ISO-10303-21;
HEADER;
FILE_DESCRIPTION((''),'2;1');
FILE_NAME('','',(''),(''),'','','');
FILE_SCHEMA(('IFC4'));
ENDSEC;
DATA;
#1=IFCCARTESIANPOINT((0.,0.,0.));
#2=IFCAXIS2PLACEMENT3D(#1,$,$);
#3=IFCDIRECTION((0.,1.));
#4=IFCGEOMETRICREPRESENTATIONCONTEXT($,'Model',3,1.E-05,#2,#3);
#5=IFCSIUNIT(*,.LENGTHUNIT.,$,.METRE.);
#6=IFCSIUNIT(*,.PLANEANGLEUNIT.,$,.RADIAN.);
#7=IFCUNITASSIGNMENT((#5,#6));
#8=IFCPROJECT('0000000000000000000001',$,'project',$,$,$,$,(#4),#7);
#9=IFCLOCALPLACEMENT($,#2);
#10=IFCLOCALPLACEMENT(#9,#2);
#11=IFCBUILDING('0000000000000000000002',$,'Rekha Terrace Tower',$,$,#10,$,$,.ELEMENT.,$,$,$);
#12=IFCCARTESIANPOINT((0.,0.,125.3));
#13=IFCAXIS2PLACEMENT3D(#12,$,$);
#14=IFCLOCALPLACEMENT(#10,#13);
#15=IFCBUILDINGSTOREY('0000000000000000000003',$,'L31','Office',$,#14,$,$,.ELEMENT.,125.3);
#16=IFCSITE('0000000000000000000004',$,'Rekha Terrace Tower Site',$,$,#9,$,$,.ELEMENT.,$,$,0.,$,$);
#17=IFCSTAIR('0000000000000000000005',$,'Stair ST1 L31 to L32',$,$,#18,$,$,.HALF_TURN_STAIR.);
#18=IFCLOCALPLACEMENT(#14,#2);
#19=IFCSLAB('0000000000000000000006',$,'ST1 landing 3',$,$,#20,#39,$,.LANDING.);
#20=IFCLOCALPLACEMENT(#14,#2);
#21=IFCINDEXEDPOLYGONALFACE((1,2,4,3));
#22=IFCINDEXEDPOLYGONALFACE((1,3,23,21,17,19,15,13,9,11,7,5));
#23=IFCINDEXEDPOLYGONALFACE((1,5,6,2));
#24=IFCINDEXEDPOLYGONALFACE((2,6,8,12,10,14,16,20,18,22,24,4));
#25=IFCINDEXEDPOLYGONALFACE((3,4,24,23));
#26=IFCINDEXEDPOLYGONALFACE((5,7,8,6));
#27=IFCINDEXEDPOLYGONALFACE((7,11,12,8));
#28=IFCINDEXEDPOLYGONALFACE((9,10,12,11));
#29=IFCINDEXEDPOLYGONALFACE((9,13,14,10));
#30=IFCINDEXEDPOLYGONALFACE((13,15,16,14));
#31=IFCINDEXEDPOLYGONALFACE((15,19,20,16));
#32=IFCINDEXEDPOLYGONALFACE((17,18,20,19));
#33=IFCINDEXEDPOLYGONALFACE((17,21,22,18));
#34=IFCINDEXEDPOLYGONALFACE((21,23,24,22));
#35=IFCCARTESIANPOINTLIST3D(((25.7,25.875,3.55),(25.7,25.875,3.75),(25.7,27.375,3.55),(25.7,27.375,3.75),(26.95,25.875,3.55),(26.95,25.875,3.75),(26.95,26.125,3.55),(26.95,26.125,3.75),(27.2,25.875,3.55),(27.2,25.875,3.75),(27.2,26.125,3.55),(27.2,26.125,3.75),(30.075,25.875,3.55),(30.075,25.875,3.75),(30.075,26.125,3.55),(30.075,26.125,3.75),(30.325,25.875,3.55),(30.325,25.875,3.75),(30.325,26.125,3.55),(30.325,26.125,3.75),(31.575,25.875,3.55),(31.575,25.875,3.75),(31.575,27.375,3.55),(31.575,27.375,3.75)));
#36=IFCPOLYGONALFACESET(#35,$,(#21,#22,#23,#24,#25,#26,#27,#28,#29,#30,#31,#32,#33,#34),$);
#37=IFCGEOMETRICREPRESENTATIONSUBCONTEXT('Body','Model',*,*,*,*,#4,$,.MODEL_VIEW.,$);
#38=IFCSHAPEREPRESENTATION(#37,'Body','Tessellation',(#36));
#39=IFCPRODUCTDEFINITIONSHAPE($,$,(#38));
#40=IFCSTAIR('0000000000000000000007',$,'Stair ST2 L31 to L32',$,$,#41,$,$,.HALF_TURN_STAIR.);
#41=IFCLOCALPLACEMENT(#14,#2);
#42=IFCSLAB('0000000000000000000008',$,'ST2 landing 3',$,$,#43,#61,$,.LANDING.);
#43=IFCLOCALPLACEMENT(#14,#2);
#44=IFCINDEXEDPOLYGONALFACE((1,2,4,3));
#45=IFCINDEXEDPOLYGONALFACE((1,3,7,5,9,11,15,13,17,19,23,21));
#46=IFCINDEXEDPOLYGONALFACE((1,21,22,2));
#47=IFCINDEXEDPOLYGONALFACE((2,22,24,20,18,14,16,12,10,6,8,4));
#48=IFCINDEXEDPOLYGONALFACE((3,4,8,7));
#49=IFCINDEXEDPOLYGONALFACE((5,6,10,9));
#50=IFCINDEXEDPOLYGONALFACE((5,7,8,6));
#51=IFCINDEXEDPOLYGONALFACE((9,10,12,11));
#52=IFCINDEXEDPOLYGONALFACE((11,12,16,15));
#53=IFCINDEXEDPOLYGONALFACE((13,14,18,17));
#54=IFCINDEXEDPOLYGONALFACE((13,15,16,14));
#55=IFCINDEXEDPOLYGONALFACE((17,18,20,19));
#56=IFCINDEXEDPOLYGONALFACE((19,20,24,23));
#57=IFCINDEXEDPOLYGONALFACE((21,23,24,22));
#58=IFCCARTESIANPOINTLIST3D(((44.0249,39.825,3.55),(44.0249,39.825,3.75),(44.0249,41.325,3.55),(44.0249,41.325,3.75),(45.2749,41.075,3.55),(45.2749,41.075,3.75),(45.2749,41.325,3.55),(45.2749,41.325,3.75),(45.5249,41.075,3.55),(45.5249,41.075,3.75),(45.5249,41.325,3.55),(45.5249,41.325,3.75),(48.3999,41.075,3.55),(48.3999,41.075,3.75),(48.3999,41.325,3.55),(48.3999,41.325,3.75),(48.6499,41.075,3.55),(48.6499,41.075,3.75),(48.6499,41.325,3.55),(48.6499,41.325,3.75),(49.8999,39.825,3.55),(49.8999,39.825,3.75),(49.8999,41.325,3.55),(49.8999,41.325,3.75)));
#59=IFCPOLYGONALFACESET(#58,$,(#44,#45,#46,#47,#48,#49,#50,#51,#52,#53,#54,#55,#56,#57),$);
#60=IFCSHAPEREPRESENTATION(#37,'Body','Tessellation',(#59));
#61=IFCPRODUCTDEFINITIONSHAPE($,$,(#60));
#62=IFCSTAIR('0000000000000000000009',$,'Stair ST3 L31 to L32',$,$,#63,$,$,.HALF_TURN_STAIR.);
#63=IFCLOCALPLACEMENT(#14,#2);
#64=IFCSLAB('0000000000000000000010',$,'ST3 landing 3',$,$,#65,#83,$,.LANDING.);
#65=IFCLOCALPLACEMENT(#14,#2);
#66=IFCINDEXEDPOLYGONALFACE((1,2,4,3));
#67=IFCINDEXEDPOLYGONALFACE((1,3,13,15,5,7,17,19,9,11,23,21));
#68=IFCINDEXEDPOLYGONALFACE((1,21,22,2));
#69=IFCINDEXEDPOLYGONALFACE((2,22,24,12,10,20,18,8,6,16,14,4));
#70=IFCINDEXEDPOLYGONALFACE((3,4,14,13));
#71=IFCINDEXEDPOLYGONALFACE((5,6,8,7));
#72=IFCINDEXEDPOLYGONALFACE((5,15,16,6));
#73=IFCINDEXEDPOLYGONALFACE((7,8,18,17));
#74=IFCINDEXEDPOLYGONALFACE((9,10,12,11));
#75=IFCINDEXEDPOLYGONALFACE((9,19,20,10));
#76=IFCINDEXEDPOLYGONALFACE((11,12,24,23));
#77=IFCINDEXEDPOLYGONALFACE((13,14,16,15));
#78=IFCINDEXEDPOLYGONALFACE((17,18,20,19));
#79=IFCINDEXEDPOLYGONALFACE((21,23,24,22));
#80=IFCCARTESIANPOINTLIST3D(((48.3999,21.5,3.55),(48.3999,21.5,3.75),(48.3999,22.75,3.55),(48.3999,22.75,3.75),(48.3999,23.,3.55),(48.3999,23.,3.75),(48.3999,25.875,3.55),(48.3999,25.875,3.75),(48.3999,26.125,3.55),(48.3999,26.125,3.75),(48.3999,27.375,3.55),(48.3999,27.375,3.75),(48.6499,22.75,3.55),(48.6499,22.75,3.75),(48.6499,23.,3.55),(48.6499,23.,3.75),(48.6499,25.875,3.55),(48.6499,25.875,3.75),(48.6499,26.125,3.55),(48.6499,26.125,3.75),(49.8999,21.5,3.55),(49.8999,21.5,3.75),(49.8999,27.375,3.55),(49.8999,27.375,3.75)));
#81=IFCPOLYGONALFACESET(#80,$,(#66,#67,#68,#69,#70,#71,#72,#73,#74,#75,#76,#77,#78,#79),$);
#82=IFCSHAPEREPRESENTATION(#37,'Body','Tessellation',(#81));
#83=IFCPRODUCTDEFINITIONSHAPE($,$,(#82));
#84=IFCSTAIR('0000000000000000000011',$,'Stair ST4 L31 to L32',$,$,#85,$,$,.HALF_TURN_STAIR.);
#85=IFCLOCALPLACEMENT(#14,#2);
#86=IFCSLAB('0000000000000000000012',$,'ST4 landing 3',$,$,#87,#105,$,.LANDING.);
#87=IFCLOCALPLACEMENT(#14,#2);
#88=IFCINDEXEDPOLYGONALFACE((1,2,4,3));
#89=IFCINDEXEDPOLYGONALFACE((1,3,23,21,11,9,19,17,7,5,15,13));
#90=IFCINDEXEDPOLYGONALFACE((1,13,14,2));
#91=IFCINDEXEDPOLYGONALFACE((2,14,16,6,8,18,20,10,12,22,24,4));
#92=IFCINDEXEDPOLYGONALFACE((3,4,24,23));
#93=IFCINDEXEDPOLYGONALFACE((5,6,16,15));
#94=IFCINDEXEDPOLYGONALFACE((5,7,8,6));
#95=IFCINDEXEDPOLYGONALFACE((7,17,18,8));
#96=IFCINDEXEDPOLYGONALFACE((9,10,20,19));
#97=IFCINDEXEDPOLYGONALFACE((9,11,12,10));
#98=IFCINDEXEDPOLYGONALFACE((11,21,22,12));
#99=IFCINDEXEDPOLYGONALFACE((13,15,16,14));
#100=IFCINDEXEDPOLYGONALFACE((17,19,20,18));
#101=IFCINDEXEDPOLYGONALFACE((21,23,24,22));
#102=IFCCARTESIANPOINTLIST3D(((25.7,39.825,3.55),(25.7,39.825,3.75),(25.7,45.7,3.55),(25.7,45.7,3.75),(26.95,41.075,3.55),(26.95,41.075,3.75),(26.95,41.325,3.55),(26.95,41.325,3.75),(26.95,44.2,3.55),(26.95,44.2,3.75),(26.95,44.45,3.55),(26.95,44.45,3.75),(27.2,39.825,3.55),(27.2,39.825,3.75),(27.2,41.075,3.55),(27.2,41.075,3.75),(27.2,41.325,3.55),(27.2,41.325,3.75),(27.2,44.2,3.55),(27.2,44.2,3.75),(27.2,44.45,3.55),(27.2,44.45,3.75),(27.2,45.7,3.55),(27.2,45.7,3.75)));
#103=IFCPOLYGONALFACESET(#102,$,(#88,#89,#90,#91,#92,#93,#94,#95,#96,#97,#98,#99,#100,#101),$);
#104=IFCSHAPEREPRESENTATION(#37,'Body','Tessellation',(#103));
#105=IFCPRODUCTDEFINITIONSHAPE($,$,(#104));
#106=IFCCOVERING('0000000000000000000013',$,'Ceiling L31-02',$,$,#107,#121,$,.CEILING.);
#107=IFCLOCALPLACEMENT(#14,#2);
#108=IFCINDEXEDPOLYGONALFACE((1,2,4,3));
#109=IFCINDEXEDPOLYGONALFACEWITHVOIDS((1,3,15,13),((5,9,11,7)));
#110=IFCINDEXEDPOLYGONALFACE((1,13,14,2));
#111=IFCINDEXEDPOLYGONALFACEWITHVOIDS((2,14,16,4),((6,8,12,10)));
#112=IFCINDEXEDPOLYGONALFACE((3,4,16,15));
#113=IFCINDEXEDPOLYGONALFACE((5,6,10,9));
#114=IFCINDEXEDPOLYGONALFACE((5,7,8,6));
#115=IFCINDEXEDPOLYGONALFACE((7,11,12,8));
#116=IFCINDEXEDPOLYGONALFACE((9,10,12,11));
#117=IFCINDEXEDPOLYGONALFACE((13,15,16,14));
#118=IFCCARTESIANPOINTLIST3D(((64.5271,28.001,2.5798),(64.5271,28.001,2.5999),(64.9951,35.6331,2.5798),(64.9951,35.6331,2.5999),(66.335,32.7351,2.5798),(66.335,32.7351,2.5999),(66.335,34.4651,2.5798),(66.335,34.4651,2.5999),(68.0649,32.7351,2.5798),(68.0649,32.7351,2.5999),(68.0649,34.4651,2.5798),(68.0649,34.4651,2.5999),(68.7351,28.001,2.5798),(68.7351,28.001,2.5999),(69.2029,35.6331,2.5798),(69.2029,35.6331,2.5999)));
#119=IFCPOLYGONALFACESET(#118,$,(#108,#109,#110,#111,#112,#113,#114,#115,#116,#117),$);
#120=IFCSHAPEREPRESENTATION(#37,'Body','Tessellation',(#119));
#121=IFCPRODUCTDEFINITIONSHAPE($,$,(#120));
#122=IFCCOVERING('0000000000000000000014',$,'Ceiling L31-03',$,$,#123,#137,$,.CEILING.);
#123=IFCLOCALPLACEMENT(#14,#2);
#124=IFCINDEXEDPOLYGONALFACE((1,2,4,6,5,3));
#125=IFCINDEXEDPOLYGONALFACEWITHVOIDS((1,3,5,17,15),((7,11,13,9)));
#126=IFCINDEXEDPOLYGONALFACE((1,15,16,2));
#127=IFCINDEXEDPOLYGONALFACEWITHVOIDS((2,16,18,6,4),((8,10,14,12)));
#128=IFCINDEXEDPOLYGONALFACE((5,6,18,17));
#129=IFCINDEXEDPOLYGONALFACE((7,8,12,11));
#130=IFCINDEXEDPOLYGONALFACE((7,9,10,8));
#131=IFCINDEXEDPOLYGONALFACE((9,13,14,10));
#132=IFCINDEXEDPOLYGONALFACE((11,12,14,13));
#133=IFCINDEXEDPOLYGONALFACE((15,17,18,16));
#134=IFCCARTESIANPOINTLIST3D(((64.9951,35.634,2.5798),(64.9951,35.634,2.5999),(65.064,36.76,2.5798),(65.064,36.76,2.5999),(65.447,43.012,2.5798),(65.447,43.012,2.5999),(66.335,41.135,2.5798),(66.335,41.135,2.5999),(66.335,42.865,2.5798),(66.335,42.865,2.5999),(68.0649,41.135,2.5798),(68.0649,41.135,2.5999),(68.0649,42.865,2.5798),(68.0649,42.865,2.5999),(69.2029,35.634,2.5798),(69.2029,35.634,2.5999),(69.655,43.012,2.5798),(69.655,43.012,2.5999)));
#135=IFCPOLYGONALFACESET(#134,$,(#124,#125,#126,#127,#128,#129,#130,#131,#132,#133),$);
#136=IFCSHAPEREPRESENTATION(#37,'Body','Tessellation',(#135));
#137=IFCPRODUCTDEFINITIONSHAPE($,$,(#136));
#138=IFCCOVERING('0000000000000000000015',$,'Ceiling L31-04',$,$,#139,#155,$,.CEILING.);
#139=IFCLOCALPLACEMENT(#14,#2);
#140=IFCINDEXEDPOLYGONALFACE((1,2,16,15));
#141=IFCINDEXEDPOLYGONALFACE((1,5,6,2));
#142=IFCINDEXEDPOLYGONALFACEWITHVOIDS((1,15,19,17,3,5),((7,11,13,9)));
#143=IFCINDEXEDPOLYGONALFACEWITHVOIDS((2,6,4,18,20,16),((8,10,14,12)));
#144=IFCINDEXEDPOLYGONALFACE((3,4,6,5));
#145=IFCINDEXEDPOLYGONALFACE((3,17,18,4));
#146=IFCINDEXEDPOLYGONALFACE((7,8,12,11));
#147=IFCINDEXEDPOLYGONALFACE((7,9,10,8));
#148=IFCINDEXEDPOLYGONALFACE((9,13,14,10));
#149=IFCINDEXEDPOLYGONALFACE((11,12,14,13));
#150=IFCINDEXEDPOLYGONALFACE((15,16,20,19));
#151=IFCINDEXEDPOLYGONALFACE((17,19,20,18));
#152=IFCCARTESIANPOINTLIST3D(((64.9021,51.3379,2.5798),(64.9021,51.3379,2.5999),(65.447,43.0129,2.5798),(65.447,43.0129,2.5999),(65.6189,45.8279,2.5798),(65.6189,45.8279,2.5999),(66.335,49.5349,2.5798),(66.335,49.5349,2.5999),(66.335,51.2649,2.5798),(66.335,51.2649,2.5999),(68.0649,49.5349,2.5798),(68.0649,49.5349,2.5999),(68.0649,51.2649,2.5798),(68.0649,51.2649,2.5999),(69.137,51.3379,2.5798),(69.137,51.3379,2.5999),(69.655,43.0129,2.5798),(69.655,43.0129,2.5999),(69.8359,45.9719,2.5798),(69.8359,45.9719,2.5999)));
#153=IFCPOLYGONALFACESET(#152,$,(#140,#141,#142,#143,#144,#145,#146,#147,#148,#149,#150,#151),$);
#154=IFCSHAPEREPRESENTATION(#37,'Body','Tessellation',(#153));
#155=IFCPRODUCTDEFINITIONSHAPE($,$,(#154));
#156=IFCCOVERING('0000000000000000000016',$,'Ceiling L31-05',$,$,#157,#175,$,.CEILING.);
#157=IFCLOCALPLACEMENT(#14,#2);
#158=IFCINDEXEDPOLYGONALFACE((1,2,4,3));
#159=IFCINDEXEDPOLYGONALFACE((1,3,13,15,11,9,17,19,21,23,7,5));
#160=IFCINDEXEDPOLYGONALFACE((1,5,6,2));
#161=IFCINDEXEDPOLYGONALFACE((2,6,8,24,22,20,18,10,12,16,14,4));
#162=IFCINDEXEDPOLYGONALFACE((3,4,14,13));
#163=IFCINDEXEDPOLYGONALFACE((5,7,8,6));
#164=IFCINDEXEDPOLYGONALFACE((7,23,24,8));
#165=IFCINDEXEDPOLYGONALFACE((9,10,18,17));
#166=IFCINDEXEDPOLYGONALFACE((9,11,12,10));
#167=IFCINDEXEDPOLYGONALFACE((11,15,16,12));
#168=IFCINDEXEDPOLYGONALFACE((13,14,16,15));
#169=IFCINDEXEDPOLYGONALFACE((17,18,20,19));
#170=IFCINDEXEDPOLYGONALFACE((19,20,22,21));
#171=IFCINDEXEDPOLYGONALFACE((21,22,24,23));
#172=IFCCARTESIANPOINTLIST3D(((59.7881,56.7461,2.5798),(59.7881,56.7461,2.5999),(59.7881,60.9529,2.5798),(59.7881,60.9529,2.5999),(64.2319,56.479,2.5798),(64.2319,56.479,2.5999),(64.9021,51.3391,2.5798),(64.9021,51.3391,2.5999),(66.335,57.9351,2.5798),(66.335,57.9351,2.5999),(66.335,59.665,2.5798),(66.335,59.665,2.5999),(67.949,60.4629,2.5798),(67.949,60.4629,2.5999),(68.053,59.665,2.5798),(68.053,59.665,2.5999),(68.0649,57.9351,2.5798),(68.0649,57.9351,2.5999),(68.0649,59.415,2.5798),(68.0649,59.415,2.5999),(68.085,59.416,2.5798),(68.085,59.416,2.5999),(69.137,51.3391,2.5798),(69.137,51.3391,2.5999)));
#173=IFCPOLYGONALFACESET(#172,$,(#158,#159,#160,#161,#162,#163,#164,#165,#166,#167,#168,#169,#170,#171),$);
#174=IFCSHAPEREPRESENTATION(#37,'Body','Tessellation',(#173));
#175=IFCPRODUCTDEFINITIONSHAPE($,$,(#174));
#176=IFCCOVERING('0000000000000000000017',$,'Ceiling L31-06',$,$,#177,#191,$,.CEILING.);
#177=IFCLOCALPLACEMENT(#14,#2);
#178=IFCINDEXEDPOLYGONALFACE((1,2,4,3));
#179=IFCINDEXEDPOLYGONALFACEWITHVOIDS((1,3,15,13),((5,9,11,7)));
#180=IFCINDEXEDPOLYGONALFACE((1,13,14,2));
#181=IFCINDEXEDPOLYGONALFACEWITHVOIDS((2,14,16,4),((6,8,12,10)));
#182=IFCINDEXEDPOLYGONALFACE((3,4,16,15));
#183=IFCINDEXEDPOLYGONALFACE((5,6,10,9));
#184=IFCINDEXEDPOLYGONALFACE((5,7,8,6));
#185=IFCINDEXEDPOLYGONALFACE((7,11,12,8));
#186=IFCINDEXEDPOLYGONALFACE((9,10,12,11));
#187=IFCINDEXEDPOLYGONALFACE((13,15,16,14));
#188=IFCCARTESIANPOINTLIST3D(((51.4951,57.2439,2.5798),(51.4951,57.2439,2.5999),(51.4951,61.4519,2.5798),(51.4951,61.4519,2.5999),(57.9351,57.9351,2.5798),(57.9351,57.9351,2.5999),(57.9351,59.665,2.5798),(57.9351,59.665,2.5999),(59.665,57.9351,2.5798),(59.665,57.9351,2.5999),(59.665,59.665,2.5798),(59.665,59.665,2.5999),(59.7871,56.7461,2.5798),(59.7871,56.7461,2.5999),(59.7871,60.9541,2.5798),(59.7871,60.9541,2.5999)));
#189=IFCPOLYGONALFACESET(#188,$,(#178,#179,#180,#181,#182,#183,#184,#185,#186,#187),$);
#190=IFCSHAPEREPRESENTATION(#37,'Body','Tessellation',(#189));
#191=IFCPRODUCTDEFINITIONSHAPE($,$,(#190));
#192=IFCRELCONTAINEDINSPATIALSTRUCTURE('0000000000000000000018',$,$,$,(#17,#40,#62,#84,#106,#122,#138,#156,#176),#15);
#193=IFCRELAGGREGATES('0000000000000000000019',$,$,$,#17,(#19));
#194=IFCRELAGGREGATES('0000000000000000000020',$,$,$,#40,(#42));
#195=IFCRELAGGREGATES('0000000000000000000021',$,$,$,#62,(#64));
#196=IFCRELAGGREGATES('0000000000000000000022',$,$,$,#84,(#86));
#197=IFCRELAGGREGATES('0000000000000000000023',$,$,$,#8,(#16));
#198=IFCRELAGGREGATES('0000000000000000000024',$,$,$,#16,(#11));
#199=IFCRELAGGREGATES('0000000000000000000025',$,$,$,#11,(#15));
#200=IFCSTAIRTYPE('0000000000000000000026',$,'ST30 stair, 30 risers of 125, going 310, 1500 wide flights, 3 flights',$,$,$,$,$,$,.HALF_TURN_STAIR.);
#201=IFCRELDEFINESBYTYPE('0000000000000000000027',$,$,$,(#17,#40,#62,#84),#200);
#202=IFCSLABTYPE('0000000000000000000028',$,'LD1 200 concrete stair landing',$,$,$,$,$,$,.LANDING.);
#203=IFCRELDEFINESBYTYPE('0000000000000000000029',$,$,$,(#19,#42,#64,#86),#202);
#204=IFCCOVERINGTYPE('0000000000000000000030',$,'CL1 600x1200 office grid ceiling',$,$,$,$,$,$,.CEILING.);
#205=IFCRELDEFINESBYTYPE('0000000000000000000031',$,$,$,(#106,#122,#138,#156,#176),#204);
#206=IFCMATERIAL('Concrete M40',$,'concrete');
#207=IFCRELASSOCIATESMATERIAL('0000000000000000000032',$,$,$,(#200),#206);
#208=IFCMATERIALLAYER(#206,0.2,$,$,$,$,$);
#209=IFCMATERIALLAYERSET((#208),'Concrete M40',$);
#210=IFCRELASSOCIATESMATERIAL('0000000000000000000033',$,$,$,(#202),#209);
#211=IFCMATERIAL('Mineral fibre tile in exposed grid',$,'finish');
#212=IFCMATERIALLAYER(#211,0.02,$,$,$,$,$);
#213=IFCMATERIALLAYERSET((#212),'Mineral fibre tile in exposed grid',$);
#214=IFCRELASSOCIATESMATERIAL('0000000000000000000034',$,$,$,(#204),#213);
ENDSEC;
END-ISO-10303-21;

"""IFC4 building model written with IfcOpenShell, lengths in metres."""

from ifc_helpers import new_model, si_unit, direction, frame, origin, place, context, subcontext, project, spatial, polyline, outline, extrude, material, layer, layer_set, type_object, element, aggregate, save


model = new_model("IFC4")

# Units and contexts
model_context = context("Model", 3, precision=1e-05, world=origin(), true_north=direction((0.0, 1.0)))
body_context = subcontext(model_context, "Body", "Model", "MODEL_VIEW")
ifc_project = project(units=[si_unit("LENGTHUNIT", "METRE"), si_unit("PLANEANGLEUNIT", "RADIAN")], contexts=[model_context])

# Site, building, storey
site_placement = place(None, origin())
site = spatial("IfcSite", under=ifc_project, at=site_placement, Name="Rekha Terrace Tower Site", CompositionType="ELEMENT", RefElevation=0.0)
building_placement = place(site_placement, origin())
building = spatial("IfcBuilding", under=site, at=building_placement, Name="Rekha Terrace Tower", CompositionType="ELEMENT")
storey_placement = place(building_placement, frame((0.0, 0.0, 125.3)))
storey = spatial("IfcBuildingStorey", under=building, at=storey_placement, Name="L31", Description="Office", CompositionType="ELEMENT", Elevation=125.3)

# Stairs, slabs
ifc_material_1 = material(Name="Concrete M40", Category="concrete")
stair_type = type_object("IfcStairType", Name="ST30 stair, 30 risers of 125, going 310, 1500 wide flights, 3 flights", PredefinedType="HALF_TURN_STAIR", material=ifc_material_1)
stair_1_placement = place(storey_placement, origin())
stair_1 = element("IfcStair", 1, at=stair_1_placement, inside=storey, type_object=stair_type, Name="Stair ST1 L31 to L32", PredefinedType="HALF_TURN_STAIR")
ifc_layer_1 = layer(ifc_material_1, 0.2)
ifc_layer_set_1 = layer_set([ifc_layer_1], Name="Concrete M40")
slab_type = type_object("IfcSlabType", Name="LD1 200 concrete stair landing", PredefinedType="LANDING", material=ifc_layer_set_1)
slab_1_placement = place(storey_placement, frame((0.0, 0.0, 3.55)))
slab_1 = element("IfcSlab", 2, at=slab_1_placement, type_object=slab_type, Name="ST1 landing 3", PredefinedType="LANDING", context=body_context, shape_type="SweptSolid", body=[
    extrude(outline(polyline([(31.575, 25.875), (31.575, 27.375), (25.7, 27.375), (25.7, 25.875), (26.95, 25.875), (26.95, 26.125), (27.2, 26.125), (27.2, 25.875), (30.075, 25.875), (30.075, 26.125), (30.325, 26.125), (30.325, 25.875), (31.575, 25.875)])), origin(), (0.0, 0.0, 1.0), 0.2),
])
aggregate(stair_1, [slab_1])
stair_2_placement = place(storey_placement, origin())
stair_2 = element("IfcStair", 3, at=stair_2_placement, inside=storey, type_object=stair_type, Name="Stair ST2 L31 to L32", PredefinedType="HALF_TURN_STAIR")
slab_2_placement = place(storey_placement, frame((0.0, 0.0, 3.55)))
slab_2 = element("IfcSlab", 4, at=slab_2_placement, type_object=slab_type, Name="ST2 landing 3", PredefinedType="LANDING", context=body_context, shape_type="SweptSolid", body=[
    extrude(outline(polyline([(44.0249, 41.325), (44.0249, 39.825), (49.8999, 39.825), (49.8999, 41.325), (48.6499, 41.325), (48.6499, 41.075), (48.3999, 41.075), (48.3999, 41.325), (45.5249, 41.325), (45.5249, 41.075), (45.2749, 41.075), (45.2749, 41.325), (44.0249, 41.325)])), origin(), (0.0, 0.0, 1.0), 0.2),
])
aggregate(stair_2, [slab_2])
stair_3_placement = place(storey_placement, origin())
stair_3 = element("IfcStair", 5, at=stair_3_placement, inside=storey, type_object=stair_type, Name="Stair ST3 L31 to L32", PredefinedType="HALF_TURN_STAIR")
slab_3_placement = place(storey_placement, frame((0.0, 0.0, 3.55)))
slab_3 = element("IfcSlab", 6, at=slab_3_placement, type_object=slab_type, Name="ST3 landing 3", PredefinedType="LANDING", context=body_context, shape_type="SweptSolid", body=[
    extrude(outline(polyline([(48.3999, 21.5), (49.8999, 21.5), (49.8999, 27.375), (48.3999, 27.375), (48.3999, 26.125), (48.6499, 26.125), (48.6499, 25.875), (48.3999, 25.875), (48.3999, 23.0), (48.6499, 23.0), (48.6499, 22.75), (48.3999, 22.75), (48.3999, 21.5)])), origin(), (0.0, 0.0, 1.0), 0.2),
])
aggregate(stair_3, [slab_3])
stair_4_placement = place(storey_placement, origin())
stair_4 = element("IfcStair", 7, at=stair_4_placement, inside=storey, type_object=stair_type, Name="Stair ST4 L31 to L32", PredefinedType="HALF_TURN_STAIR")
slab_4_placement = place(storey_placement, frame((0.0, 0.0, 3.55)))
slab_4 = element("IfcSlab", 8, at=slab_4_placement, type_object=slab_type, Name="ST4 landing 3", PredefinedType="LANDING", context=body_context, shape_type="SweptSolid", body=[
    extrude(outline(polyline([(27.2, 39.825), (25.7, 39.825), (25.7, 45.7), (27.2, 45.7), (27.2, 44.45), (26.95, 44.45), (26.95, 44.2), (27.2, 44.2), (27.2, 41.325), (26.95, 41.325), (26.95, 41.075), (27.2, 41.075), (27.2, 39.825)])), origin(), (0.0, 0.0, 1.0), 0.2),
])
aggregate(stair_4, [slab_4])

# Coverings
ifc_material_2 = material(Name="Mineral fibre tile in exposed grid", Category="finish")
ifc_layer_2 = layer(ifc_material_2, 0.02)
ifc_layer_set_2 = layer_set([ifc_layer_2], Name="Mineral fibre tile in exposed grid")
covering_type_1 = type_object("IfcCoveringType", Name="CL1 600x1200 office grid ceiling", PredefinedType="CEILING", material=ifc_layer_set_2)
covering_1_placement = place(storey_placement, frame((0.0, 0.0, 2.5798)))
element("IfcCovering", 9, at=covering_1_placement, inside=storey, type_object=covering_type_1, Name="Ceiling L31-02", PredefinedType="CEILING", context=body_context, shape_type="SweptSolid", body=[
    extrude(outline(polyline([(68.7351, 28.001), (69.2029, 35.6331), (64.9951, 35.6331), (64.5271, 28.001), (68.7351, 28.001)]), holes=[polyline([(68.0649, 34.4651), (68.0649, 32.7351), (66.335, 32.7351), (66.335, 34.4651), (68.0649, 34.4651)])]), origin(), (0.0, 0.0, 1.0), 0.02),
])
covering_2_placement = place(storey_placement, frame((0.0, 0.0, 2.5798)))
element("IfcCovering", 10, at=covering_2_placement, inside=storey, type_object=covering_type_1, Name="Ceiling L31-03", PredefinedType="CEILING", context=body_context, shape_type="SweptSolid", body=[
    extrude(outline(polyline([(69.655, 43.012), (65.447, 43.012), (65.064, 36.76), (64.9951, 35.634), (69.2029, 35.634), (69.655, 43.012)]), holes=[polyline([(68.0649, 41.135), (66.335, 41.135), (66.335, 42.865), (68.0649, 42.865), (68.0649, 41.135)])]), origin(), (0.0, 0.0, 1.0), 0.02),
])
covering_3_placement = place(storey_placement, frame((0.0, 0.0, 2.5798)))
element("IfcCovering", 11, at=covering_3_placement, inside=storey, type_object=covering_type_1, Name="Ceiling L31-04", PredefinedType="CEILING", context=body_context, shape_type="SweptSolid", body=[
    extrude(outline(polyline([(69.8359, 45.9719), (69.137, 51.3379), (64.9021, 51.3379), (65.6189, 45.8279), (65.447, 43.0129), (69.655, 43.0129), (69.8359, 45.9719)]), holes=[polyline([(68.0649, 49.5349), (66.335, 49.5349), (66.335, 51.2649), (68.0649, 51.2649), (68.0649, 49.5349)])]), origin(), (0.0, 0.0, 1.0), 0.02),
])
covering_4_placement = place(storey_placement, frame((0.0, 0.0, 2.5798)))
element("IfcCovering", 12, at=covering_4_placement, inside=storey, type_object=covering_type_1, Name="Ceiling L31-05", PredefinedType="CEILING", context=body_context, shape_type="SweptSolid", body=[
    extrude(outline(polyline([(67.949, 60.4629), (59.7881, 60.9529), (59.7881, 56.7461), (64.2319, 56.479), (64.9021, 51.3391), (69.137, 51.3391), (68.085, 59.416), (68.0649, 59.415), (68.0649, 57.9351), (66.335, 57.9351), (66.335, 59.665), (68.053, 59.665), (67.949, 60.4629)])), origin(), (0.0, 0.0, 1.0), 0.02),
])
covering_5_placement = place(storey_placement, frame((0.0, 0.0, 2.5798)))
element("IfcCovering", 13, at=covering_5_placement, inside=storey, type_object=covering_type_1, Name="Ceiling L31-06", PredefinedType="CEILING", context=body_context, shape_type="SweptSolid", body=[
    extrude(outline(polyline([(59.7871, 56.7461), (59.7871, 60.9541), (51.4951, 61.4519), (51.4951, 57.2439), (59.7871, 56.7461)]), holes=[polyline([(59.665, 57.9351), (57.9351, 57.9351), (57.9351, 59.665), (59.665, 59.665), (59.665, 57.9351)])]), origin(), (0.0, 0.0, 1.0), 0.02),
])

save(model, "model.ifc")
